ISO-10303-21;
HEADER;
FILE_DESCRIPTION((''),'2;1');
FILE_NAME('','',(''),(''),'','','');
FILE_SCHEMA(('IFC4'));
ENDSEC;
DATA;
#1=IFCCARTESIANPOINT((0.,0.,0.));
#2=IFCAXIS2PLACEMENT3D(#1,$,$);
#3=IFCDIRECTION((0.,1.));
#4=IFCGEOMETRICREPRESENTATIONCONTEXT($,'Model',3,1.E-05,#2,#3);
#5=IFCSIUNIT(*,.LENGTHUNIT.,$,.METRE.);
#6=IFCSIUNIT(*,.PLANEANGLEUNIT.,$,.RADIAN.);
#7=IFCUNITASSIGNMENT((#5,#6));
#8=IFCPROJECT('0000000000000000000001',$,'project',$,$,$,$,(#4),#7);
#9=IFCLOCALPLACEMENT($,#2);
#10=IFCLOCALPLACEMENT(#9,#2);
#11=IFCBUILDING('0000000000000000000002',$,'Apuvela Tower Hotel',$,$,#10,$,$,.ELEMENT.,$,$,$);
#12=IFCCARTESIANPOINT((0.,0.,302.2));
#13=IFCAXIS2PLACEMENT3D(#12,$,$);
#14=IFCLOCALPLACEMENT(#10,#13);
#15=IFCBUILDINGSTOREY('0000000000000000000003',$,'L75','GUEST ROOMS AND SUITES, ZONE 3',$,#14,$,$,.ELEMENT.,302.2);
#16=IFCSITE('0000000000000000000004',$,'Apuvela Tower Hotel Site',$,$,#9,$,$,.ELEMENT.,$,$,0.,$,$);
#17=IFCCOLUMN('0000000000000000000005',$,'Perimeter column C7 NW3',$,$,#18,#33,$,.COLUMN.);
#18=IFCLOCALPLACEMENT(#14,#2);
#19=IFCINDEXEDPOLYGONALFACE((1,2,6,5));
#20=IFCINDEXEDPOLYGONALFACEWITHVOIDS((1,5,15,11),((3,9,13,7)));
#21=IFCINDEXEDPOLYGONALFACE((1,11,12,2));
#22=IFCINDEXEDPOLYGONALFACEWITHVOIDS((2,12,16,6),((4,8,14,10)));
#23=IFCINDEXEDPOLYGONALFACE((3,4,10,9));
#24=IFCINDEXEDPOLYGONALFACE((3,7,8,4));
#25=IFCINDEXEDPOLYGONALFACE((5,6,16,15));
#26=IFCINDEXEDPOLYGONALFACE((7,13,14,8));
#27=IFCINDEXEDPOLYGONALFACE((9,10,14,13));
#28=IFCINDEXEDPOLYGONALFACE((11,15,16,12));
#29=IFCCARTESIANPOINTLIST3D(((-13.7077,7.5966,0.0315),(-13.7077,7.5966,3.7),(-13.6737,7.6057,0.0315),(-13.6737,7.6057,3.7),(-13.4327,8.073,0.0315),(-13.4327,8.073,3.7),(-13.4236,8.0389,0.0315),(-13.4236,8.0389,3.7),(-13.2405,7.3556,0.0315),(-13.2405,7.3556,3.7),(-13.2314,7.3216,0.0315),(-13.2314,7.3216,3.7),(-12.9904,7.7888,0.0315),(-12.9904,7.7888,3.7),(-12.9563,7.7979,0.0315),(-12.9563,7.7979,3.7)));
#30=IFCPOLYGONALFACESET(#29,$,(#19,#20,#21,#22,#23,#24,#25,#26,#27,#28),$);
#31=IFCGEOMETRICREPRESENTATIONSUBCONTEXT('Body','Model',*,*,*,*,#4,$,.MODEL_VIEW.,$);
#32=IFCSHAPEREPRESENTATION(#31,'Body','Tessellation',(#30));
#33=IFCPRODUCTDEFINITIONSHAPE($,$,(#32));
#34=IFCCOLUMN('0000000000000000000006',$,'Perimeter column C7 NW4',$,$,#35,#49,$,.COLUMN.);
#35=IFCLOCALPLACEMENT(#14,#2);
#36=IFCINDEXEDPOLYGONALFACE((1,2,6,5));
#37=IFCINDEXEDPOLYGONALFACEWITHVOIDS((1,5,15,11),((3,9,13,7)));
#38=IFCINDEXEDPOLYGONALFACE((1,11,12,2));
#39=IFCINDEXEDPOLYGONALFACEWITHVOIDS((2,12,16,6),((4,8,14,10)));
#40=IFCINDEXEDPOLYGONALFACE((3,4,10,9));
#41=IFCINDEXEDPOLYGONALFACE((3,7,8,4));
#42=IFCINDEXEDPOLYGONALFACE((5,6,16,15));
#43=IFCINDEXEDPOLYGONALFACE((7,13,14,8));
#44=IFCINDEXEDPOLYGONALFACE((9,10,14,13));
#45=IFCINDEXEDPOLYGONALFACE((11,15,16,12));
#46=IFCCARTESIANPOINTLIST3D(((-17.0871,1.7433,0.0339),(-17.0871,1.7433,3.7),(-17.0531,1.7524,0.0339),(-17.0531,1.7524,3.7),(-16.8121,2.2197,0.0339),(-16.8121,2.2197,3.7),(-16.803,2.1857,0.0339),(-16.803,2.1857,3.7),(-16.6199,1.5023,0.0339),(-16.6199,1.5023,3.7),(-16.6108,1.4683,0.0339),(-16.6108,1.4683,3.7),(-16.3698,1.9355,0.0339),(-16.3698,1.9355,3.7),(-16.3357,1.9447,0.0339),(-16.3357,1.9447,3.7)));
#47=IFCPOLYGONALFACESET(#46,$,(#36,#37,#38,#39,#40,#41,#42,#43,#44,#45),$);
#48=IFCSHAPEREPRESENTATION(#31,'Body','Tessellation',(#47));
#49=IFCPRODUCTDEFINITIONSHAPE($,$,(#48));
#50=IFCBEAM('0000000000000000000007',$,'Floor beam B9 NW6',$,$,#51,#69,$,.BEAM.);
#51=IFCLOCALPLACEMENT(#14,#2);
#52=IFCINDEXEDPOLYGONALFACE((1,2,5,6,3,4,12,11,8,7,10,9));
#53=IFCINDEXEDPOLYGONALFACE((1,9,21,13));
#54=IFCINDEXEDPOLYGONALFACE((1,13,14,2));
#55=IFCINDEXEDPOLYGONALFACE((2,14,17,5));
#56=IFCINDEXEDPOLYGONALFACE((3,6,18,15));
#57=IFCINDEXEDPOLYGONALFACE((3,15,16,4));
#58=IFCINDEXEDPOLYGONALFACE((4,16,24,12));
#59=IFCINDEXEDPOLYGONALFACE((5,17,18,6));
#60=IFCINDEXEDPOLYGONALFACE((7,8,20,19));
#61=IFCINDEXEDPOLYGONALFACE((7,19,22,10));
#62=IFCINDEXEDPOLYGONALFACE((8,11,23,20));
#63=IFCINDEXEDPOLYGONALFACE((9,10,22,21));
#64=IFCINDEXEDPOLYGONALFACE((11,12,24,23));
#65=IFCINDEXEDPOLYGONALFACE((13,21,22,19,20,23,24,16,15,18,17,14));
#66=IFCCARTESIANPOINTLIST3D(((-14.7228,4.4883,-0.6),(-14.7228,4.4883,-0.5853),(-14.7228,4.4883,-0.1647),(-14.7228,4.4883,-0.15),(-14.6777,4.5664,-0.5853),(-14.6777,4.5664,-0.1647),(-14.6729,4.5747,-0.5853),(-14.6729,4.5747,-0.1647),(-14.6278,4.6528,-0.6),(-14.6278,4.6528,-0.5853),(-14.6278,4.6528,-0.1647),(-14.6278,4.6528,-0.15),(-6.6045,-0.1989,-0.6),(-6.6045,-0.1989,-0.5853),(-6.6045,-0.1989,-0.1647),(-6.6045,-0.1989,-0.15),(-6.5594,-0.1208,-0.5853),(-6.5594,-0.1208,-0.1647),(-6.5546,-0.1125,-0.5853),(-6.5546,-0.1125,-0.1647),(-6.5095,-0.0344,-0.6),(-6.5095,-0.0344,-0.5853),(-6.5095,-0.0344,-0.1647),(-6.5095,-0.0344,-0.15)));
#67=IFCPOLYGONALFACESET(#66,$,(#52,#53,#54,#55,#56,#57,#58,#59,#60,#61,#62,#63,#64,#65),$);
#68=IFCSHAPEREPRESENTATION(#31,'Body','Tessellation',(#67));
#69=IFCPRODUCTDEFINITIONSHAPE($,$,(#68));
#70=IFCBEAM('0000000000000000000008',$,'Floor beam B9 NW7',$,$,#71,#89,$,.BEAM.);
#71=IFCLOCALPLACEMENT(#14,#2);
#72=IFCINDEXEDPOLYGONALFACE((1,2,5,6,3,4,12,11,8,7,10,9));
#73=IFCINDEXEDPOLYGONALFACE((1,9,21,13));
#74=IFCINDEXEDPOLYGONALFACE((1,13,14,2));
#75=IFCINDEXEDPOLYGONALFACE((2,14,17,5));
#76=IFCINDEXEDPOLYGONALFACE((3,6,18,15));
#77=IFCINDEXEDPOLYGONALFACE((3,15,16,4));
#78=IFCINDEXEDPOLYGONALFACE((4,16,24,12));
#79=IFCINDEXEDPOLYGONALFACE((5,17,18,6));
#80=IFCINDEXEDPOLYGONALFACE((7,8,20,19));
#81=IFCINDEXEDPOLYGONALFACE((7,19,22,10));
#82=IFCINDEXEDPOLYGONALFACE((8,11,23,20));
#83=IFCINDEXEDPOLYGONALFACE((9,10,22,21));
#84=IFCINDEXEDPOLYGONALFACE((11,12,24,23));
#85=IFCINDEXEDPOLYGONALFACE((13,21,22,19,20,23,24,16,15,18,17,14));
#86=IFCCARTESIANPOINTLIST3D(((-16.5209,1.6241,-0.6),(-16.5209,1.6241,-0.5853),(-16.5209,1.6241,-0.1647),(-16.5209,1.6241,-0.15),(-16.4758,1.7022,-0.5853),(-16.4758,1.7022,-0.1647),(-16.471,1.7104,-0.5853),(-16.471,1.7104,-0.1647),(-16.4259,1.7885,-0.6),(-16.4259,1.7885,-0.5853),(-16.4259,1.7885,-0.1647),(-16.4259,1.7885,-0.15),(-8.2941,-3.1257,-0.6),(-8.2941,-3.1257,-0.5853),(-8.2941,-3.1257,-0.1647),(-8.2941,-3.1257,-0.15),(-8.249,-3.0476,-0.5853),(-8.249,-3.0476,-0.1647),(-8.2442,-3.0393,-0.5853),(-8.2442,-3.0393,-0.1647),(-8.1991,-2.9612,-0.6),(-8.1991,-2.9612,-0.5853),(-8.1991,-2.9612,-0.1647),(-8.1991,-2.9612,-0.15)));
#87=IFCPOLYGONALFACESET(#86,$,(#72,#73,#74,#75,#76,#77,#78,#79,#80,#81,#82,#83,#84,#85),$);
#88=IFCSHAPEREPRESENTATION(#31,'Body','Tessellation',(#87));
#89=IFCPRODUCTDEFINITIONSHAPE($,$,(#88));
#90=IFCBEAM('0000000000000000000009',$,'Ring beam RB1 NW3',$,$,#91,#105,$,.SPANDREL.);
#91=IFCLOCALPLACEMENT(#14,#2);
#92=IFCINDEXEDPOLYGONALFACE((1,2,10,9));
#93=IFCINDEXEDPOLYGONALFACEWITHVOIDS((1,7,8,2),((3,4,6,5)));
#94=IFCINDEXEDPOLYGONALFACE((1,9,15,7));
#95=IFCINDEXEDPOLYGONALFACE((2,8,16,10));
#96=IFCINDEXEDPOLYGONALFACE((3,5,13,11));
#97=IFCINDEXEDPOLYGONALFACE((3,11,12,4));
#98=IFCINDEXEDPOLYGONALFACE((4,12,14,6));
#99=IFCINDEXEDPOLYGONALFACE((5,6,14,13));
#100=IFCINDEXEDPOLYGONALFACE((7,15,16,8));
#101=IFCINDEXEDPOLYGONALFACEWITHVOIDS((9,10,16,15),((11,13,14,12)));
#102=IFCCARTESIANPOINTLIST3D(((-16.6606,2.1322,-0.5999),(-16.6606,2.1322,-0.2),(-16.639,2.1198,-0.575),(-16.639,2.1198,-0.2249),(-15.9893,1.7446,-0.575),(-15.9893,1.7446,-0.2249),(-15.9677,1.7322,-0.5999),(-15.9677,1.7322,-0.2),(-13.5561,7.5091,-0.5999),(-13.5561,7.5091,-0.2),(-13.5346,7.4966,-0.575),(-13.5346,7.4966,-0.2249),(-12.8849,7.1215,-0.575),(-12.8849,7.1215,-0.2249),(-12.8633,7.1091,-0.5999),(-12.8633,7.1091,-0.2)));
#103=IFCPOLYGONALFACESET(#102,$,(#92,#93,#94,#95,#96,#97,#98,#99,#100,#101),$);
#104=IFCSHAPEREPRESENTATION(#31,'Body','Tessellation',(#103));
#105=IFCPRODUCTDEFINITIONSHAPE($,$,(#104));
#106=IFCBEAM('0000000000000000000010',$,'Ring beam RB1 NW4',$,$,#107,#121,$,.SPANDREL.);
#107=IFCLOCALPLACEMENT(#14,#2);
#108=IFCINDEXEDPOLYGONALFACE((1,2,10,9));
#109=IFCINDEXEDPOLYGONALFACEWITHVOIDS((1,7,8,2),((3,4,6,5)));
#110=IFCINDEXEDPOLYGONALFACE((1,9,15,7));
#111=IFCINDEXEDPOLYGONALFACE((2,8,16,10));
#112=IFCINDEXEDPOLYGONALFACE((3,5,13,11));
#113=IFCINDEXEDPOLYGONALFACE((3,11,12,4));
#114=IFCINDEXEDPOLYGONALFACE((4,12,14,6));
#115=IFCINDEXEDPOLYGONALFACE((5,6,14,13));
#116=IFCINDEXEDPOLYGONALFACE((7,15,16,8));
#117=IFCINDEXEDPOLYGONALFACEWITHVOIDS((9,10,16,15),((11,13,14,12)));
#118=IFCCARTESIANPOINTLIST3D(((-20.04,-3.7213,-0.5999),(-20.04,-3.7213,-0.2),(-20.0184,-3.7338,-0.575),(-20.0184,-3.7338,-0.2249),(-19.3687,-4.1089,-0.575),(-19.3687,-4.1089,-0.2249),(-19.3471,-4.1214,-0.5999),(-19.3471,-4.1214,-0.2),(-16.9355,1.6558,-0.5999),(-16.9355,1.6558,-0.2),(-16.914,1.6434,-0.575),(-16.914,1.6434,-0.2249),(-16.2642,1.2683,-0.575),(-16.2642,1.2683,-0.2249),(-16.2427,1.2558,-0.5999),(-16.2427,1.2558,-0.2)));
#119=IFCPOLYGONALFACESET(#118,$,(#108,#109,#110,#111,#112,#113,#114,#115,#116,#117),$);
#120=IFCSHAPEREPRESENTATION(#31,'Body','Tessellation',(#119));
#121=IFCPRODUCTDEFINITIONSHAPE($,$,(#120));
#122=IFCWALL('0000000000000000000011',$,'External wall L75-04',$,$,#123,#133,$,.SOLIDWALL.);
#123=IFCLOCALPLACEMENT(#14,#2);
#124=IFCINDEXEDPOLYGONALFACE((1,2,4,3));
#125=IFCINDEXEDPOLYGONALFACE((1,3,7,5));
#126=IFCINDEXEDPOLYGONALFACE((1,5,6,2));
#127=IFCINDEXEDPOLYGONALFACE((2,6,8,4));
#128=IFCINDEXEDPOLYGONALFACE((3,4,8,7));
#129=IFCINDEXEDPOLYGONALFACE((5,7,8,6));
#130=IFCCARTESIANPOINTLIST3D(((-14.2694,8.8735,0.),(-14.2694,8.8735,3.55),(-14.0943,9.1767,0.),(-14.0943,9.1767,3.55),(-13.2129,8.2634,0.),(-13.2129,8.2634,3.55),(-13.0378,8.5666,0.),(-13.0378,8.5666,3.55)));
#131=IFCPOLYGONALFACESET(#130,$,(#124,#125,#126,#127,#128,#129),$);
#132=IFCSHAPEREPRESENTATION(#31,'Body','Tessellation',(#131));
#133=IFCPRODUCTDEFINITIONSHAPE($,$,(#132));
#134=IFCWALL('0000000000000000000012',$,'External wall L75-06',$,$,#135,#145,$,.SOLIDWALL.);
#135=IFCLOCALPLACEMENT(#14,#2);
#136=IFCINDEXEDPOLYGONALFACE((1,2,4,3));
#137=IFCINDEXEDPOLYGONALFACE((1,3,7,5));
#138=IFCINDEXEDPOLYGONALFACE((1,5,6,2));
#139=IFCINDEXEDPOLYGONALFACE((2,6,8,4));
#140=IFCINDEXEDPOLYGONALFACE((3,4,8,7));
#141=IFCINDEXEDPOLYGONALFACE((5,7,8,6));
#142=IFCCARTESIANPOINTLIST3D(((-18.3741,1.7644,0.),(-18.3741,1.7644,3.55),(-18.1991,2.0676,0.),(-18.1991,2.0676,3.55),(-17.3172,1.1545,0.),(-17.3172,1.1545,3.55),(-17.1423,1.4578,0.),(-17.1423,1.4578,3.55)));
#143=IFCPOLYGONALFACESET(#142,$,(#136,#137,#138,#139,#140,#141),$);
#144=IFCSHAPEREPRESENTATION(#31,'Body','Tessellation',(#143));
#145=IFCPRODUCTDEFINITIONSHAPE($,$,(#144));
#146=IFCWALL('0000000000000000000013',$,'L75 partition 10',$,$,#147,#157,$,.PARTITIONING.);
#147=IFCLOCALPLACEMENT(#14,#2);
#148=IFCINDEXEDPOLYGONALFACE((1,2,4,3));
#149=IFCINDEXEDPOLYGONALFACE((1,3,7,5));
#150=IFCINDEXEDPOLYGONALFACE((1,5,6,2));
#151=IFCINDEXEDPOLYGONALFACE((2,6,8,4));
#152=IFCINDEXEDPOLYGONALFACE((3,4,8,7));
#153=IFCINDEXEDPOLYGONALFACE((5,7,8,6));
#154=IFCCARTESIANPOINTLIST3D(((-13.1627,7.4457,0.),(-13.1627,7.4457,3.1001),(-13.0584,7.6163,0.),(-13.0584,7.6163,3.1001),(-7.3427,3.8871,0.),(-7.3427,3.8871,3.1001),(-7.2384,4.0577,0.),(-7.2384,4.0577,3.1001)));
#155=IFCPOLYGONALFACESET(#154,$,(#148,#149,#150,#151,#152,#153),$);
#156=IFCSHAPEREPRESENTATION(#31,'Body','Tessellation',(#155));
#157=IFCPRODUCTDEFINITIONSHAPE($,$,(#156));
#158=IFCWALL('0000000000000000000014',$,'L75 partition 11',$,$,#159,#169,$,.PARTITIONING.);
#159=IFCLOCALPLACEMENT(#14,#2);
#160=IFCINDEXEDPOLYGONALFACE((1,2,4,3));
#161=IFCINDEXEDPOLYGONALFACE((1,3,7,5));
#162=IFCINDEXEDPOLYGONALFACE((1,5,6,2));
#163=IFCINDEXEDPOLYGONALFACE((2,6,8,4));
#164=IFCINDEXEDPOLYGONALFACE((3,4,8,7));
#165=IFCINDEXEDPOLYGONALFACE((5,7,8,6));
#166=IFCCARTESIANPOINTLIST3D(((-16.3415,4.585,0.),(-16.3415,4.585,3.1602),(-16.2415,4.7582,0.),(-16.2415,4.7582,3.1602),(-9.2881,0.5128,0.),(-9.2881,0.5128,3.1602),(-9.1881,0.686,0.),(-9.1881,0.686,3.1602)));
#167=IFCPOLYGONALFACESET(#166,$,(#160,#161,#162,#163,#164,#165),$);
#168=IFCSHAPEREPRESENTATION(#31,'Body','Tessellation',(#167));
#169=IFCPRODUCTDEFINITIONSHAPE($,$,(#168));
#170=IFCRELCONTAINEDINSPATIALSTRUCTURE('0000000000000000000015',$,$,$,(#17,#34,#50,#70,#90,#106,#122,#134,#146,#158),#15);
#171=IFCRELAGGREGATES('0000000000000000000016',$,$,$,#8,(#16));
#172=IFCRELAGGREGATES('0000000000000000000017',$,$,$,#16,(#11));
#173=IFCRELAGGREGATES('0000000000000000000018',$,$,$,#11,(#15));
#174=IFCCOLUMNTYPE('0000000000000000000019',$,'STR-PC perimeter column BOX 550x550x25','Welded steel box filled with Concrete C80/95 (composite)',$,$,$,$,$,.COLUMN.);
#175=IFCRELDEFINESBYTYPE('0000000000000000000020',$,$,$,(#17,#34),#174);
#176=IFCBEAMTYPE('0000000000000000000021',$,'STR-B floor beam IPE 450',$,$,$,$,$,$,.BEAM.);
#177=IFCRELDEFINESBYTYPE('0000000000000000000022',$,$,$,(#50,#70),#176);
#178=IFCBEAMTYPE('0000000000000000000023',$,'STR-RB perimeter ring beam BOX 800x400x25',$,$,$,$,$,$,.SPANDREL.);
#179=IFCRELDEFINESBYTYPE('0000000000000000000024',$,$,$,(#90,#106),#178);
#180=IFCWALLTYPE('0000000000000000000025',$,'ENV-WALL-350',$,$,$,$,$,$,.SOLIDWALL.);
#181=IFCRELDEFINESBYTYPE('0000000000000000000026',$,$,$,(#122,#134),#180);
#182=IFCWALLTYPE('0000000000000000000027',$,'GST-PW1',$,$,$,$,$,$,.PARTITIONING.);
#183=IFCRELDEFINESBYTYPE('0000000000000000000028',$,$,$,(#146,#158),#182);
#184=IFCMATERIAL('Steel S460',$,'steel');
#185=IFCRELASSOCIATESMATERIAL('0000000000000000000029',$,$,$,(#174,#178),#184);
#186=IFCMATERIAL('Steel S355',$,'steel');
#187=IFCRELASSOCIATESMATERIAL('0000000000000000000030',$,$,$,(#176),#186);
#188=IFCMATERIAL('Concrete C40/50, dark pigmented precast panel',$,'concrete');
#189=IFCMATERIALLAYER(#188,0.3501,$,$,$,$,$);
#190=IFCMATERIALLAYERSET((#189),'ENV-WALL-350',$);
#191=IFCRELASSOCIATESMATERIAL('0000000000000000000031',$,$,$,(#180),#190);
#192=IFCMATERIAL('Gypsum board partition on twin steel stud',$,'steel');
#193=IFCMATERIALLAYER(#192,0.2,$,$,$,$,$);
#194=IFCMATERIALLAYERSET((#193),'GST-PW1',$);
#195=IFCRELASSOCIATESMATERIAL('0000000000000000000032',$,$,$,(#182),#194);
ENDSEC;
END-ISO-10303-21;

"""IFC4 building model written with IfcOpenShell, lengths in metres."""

from ifc_helpers import new_model, si_unit, direction, frame, frame_2d, origin, origin_2d, place, context, subcontext, project, spatial, rectangle, hollow_rectangle, i_section, extrude, boolean, halfspace, material, layer, layer_set, material_profile, profile_set, type_object, element, save


model = new_model("IFC4")

# Units and contexts
model_context = context("Model", 3, precision=1e-05, world=origin(), true_north=direction((0.0, 1.0)))
body_context = subcontext(model_context, "Body", "Model", "MODEL_VIEW")
ifc_project = project(units=[si_unit("LENGTHUNIT", "METRE"), si_unit("PLANEANGLEUNIT", "RADIAN")], contexts=[model_context])

# Site, building, storey
site_placement = place(None, origin())
site = spatial("IfcSite", under=ifc_project, at=site_placement, Name="Apuvela Tower Hotel Site", CompositionType="ELEMENT", RefElevation=0.0)
building_placement = place(site_placement, origin())
building = spatial("IfcBuilding", under=site, at=building_placement, Name="Apuvela Tower Hotel", CompositionType="ELEMENT")
storey_placement = place(building_placement, frame((0.0, 0.0, 302.2)))
storey = spatial("IfcBuildingStorey", under=building, at=storey_placement, Name="L75", Description="GUEST ROOMS AND SUITES, ZONE 3", CompositionType="ELEMENT", Elevation=302.2)

# Columns
ifc_material_1 = material(Name="Steel S460", Category="steel")
ifc_material_profile_1 = material_profile(ifc_material_1, hollow_rectangle(XDim=0.55, YDim=0.55, WallThickness=0.0249, at=origin_2d()), Name="BOX 550x550x25")
ifc_material_2 = material(Name="Concrete C80/95", Category="concrete")
ifc_material_profile_2 = material_profile(ifc_material_2, rectangle(XDim=0.5, YDim=0.5, at=origin_2d()), Name="Concrete C80/95 infill")
ifc_profile_set_1 = profile_set([ifc_material_profile_1, ifc_material_profile_2], Name="Steel S460")
column_type = type_object("IfcColumnType", Name="STR-PC perimeter column BOX 550x550x25", Description="Welded steel box filled with Concrete C80/95 (composite)", PredefinedType="COLUMN", material=ifc_profile_set_1)
column_1_placement = place(storey_placement, frame((-13.332, 7.6973, 0.0), z_axis=(0.0, 0.0, 1.0), x_axis=(0.5, 0.866025, 0.0)))
element("IfcColumn", 1, at=column_1_placement, inside=storey, type_object=column_type, Name="Perimeter column C7 NW3", PredefinedType="COLUMN", context=body_context, shape_type="SweptSolid", body=[
    boolean("DIFFERENCE", extrude(hollow_rectangle(XDim=0.55, YDim=0.55, WallThickness=0.0249, at=origin_2d()), origin(), (0.0, 0.0, 1.0), 3.7), halfspace(frame((0.0, 0.0, 0.0315), z_axis=(0.0, 0.0, 1.0), x_axis=(1.0, 0.0, 0.0)), True)),
])
column_2_placement = place(storey_placement, frame((-16.7114, 1.844, 0.0), z_axis=(0.0, 0.0, 1.0), x_axis=(0.5, 0.866025, 0.0)))
element("IfcColumn", 2, at=column_2_placement, inside=storey, type_object=column_type, Name="Perimeter column C7 NW4", PredefinedType="COLUMN", context=body_context, shape_type="SweptSolid", body=[
    boolean("DIFFERENCE", extrude(hollow_rectangle(XDim=0.55, YDim=0.55, WallThickness=0.0249, at=origin_2d()), origin(), (0.0, 0.0, 1.0), 3.7), halfspace(frame((0.0, 0.0, 0.0339), z_axis=(0.0, 0.0, 1.0), x_axis=(1.0, 0.0, 0.0)), True)),
])

# Beams
ifc_material_3 = material(Name="Steel S355", Category="steel")
ifc_material_profile_3 = material_profile(ifc_material_3, i_section(OverallWidth=0.1899, OverallDepth=0.45, WebThickness=0.0095, FlangeThickness=0.0146, at=origin_2d()), Name="IPE 450")
ifc_profile_set_2 = profile_set([ifc_material_profile_3], Name="Steel S355")
beam_type_1 = type_object("IfcBeamType", Name="STR-B floor beam IPE 450", PredefinedType="BEAM", material=ifc_profile_set_2)
beam_1_placement = place(storey_placement, frame((-14.6753, 4.5706, -0.375), z_axis=(0.866021, -0.500007, 0.0), x_axis=(0.500007, 0.866021, 0.0)))
element("IfcBeam", 3, at=beam_1_placement, inside=storey, type_object=beam_type_1, Name="Floor beam B9 NW6", PredefinedType="BEAM", context=body_context, shape_type="SweptSolid", body=[
    extrude(i_section(OverallWidth=0.1899, OverallDepth=0.45, WebThickness=0.0095, FlangeThickness=0.0146, at=origin_2d()), origin(), (0.0, 0.0, 1.0), 9.3743),
])
beam_2_placement = place(storey_placement, frame((-16.4734, 1.7063, -0.375), z_axis=(0.866025, -0.500001, 0.0), x_axis=(0.500001, 0.866025, 0.0)))
element("IfcBeam", 4, at=beam_2_placement, inside=storey, type_object=beam_type_1, Name="Floor beam B9 NW7", PredefinedType="BEAM", context=body_context, shape_type="SweptSolid", body=[
    extrude(i_section(OverallWidth=0.1899, OverallDepth=0.45, WebThickness=0.0095, FlangeThickness=0.0146, at=origin_2d()), origin(), (0.0, 0.0, 1.0), 9.4995),
])
ifc_material_profile_4 = material_profile(ifc_material_1, hollow_rectangle(XDim=0.8, YDim=0.3999, WallThickness=0.0249, at=origin_2d()), Name="BOX 800x400x25")
ifc_profile_set_3 = profile_set([ifc_material_profile_4], Name="Steel S460")
beam_type_2 = type_object("IfcBeamType", Name="STR-RB perimeter ring beam BOX 800x400x25", PredefinedType="SPANDREL", material=ifc_profile_set_3)
beam_3_placement = place(storey_placement, frame((-13.2097, 7.3091, -0.3999), z_axis=(-0.500013, -0.866018, 0.0), x_axis=(0.866018, -0.500013, 0.0)))
element("IfcBeam", 5, at=beam_3_placement, inside=storey, type_object=beam_type_2, Name="Ring beam RB1 NW3", PredefinedType="SPANDREL", context=body_context, shape_type="SweptSolid", body=[
    extrude(hollow_rectangle(XDim=0.8, YDim=0.3999, WallThickness=0.0249, at=origin_2d()), origin(), (0.0, 0.0, 1.0), 6.2087),
])
beam_4_placement = place(storey_placement, frame((-16.5891, 1.4558, -0.3999), z_axis=(-0.499996, -0.866028, 0.0), x_axis=(0.866028, -0.499996, 0.0)))
element("IfcBeam", 6, at=beam_4_placement, inside=storey, type_object=beam_type_2, Name="Ring beam RB1 NW4", PredefinedType="SPANDREL", context=body_context, shape_type="SweptSolid", body=[
    extrude(hollow_rectangle(XDim=0.8, YDim=0.3999, WallThickness=0.0249, at=origin_2d()), origin(), (0.0, 0.0, 1.0), 6.209),
])

# Wall
ifc_material_4 = material(Name="Concrete C40/50, dark pigmented precast panel", Category="concrete")
ifc_layer_1 = layer(ifc_material_4, 0.3501)
ifc_layer_set_1 = layer_set([ifc_layer_1], Name="ENV-WALL-350")
wall_type_1 = type_object("IfcWallType", Name="ENV-WALL-350", PredefinedType="SOLIDWALL", material=ifc_layer_set_1)
wall_1_placement = place(storey_placement, frame((-13.1255, 8.415, 0.0), z_axis=(0.0, 0.0, 1.0), x_axis=(-0.865956, 0.500121, 0.0)))
element("IfcWall", 7, at=wall_1_placement, inside=storey, type_object=wall_type_1, Name="External wall L75-04", PredefinedType="SOLIDWALL", context=body_context, shape_type="SweptSolid", body=[
    extrude(rectangle(XDim=1.22, YDim=0.3501, at=frame_2d((0.6099, 0.0))), origin(), (0.0, 0.0, 1.0), 3.55),
])

# Wall
wall_2_placement = place(storey_placement, frame((-18.2866, 1.916, 0.0), z_axis=(0.0, 0.0, 1.0), x_axis=(0.866142, -0.499798, 0.0)))
element("IfcWall", 8, at=wall_2_placement, inside=storey, type_object=wall_type_1, Name="External wall L75-06", PredefinedType="SOLIDWALL", context=body_context, shape_type="SweptSolid", body=[
    extrude(rectangle(XDim=1.2202, YDim=0.3501, at=frame_2d((0.6101, 0.0))), origin(), (0.0, 0.0, 1.0), 3.55),
])

# Walls
ifc_material_5 = material(Name="Gypsum board partition on twin steel stud", Category="steel")
ifc_layer_2 = layer(ifc_material_5, 0.2)
ifc_layer_set_2 = layer_set([ifc_layer_2], Name="GST-PW1")
wall_type_2 = type_object("IfcWallType", Name="GST-PW1", PredefinedType="PARTITIONING", material=ifc_layer_set_2)
wall_3_placement = place(storey_placement, frame((-13.1106, 7.531, 0.0), z_axis=(0.0, 0.0, 1.0), x_axis=(0.853159, -0.521651, 0.0)))
element("IfcWall", 9, at=wall_3_placement, inside=storey, type_object=wall_type_2, Name="L75 partition 10", PredefinedType="PARTITIONING", context=body_context, shape_type="SweptSolid", body=[
    extrude(rectangle(XDim=6.8218, YDim=0.2, at=frame_2d((3.4109, 0.0))), origin(), (0.0, 0.0, 1.0), 3.1001),
])
wall_4_placement = place(storey_placement, frame((-16.2915, 4.6716, 0.0), z_axis=(0.0, 0.0, 1.0), x_axis=(0.866028, -0.499995, 0.0)))
element("IfcWall", 10, at=wall_4_placement, inside=storey, type_object=wall_type_2, Name="L75 partition 11", PredefinedType="PARTITIONING", context=body_context, shape_type="SweptSolid", body=[
    extrude(rectangle(XDim=8.1445, YDim=0.2, at=frame_2d((4.0723, 0.0))), origin(), (0.0, 0.0, 1.0), 3.1602),
])

save(model, "model.ifc")
